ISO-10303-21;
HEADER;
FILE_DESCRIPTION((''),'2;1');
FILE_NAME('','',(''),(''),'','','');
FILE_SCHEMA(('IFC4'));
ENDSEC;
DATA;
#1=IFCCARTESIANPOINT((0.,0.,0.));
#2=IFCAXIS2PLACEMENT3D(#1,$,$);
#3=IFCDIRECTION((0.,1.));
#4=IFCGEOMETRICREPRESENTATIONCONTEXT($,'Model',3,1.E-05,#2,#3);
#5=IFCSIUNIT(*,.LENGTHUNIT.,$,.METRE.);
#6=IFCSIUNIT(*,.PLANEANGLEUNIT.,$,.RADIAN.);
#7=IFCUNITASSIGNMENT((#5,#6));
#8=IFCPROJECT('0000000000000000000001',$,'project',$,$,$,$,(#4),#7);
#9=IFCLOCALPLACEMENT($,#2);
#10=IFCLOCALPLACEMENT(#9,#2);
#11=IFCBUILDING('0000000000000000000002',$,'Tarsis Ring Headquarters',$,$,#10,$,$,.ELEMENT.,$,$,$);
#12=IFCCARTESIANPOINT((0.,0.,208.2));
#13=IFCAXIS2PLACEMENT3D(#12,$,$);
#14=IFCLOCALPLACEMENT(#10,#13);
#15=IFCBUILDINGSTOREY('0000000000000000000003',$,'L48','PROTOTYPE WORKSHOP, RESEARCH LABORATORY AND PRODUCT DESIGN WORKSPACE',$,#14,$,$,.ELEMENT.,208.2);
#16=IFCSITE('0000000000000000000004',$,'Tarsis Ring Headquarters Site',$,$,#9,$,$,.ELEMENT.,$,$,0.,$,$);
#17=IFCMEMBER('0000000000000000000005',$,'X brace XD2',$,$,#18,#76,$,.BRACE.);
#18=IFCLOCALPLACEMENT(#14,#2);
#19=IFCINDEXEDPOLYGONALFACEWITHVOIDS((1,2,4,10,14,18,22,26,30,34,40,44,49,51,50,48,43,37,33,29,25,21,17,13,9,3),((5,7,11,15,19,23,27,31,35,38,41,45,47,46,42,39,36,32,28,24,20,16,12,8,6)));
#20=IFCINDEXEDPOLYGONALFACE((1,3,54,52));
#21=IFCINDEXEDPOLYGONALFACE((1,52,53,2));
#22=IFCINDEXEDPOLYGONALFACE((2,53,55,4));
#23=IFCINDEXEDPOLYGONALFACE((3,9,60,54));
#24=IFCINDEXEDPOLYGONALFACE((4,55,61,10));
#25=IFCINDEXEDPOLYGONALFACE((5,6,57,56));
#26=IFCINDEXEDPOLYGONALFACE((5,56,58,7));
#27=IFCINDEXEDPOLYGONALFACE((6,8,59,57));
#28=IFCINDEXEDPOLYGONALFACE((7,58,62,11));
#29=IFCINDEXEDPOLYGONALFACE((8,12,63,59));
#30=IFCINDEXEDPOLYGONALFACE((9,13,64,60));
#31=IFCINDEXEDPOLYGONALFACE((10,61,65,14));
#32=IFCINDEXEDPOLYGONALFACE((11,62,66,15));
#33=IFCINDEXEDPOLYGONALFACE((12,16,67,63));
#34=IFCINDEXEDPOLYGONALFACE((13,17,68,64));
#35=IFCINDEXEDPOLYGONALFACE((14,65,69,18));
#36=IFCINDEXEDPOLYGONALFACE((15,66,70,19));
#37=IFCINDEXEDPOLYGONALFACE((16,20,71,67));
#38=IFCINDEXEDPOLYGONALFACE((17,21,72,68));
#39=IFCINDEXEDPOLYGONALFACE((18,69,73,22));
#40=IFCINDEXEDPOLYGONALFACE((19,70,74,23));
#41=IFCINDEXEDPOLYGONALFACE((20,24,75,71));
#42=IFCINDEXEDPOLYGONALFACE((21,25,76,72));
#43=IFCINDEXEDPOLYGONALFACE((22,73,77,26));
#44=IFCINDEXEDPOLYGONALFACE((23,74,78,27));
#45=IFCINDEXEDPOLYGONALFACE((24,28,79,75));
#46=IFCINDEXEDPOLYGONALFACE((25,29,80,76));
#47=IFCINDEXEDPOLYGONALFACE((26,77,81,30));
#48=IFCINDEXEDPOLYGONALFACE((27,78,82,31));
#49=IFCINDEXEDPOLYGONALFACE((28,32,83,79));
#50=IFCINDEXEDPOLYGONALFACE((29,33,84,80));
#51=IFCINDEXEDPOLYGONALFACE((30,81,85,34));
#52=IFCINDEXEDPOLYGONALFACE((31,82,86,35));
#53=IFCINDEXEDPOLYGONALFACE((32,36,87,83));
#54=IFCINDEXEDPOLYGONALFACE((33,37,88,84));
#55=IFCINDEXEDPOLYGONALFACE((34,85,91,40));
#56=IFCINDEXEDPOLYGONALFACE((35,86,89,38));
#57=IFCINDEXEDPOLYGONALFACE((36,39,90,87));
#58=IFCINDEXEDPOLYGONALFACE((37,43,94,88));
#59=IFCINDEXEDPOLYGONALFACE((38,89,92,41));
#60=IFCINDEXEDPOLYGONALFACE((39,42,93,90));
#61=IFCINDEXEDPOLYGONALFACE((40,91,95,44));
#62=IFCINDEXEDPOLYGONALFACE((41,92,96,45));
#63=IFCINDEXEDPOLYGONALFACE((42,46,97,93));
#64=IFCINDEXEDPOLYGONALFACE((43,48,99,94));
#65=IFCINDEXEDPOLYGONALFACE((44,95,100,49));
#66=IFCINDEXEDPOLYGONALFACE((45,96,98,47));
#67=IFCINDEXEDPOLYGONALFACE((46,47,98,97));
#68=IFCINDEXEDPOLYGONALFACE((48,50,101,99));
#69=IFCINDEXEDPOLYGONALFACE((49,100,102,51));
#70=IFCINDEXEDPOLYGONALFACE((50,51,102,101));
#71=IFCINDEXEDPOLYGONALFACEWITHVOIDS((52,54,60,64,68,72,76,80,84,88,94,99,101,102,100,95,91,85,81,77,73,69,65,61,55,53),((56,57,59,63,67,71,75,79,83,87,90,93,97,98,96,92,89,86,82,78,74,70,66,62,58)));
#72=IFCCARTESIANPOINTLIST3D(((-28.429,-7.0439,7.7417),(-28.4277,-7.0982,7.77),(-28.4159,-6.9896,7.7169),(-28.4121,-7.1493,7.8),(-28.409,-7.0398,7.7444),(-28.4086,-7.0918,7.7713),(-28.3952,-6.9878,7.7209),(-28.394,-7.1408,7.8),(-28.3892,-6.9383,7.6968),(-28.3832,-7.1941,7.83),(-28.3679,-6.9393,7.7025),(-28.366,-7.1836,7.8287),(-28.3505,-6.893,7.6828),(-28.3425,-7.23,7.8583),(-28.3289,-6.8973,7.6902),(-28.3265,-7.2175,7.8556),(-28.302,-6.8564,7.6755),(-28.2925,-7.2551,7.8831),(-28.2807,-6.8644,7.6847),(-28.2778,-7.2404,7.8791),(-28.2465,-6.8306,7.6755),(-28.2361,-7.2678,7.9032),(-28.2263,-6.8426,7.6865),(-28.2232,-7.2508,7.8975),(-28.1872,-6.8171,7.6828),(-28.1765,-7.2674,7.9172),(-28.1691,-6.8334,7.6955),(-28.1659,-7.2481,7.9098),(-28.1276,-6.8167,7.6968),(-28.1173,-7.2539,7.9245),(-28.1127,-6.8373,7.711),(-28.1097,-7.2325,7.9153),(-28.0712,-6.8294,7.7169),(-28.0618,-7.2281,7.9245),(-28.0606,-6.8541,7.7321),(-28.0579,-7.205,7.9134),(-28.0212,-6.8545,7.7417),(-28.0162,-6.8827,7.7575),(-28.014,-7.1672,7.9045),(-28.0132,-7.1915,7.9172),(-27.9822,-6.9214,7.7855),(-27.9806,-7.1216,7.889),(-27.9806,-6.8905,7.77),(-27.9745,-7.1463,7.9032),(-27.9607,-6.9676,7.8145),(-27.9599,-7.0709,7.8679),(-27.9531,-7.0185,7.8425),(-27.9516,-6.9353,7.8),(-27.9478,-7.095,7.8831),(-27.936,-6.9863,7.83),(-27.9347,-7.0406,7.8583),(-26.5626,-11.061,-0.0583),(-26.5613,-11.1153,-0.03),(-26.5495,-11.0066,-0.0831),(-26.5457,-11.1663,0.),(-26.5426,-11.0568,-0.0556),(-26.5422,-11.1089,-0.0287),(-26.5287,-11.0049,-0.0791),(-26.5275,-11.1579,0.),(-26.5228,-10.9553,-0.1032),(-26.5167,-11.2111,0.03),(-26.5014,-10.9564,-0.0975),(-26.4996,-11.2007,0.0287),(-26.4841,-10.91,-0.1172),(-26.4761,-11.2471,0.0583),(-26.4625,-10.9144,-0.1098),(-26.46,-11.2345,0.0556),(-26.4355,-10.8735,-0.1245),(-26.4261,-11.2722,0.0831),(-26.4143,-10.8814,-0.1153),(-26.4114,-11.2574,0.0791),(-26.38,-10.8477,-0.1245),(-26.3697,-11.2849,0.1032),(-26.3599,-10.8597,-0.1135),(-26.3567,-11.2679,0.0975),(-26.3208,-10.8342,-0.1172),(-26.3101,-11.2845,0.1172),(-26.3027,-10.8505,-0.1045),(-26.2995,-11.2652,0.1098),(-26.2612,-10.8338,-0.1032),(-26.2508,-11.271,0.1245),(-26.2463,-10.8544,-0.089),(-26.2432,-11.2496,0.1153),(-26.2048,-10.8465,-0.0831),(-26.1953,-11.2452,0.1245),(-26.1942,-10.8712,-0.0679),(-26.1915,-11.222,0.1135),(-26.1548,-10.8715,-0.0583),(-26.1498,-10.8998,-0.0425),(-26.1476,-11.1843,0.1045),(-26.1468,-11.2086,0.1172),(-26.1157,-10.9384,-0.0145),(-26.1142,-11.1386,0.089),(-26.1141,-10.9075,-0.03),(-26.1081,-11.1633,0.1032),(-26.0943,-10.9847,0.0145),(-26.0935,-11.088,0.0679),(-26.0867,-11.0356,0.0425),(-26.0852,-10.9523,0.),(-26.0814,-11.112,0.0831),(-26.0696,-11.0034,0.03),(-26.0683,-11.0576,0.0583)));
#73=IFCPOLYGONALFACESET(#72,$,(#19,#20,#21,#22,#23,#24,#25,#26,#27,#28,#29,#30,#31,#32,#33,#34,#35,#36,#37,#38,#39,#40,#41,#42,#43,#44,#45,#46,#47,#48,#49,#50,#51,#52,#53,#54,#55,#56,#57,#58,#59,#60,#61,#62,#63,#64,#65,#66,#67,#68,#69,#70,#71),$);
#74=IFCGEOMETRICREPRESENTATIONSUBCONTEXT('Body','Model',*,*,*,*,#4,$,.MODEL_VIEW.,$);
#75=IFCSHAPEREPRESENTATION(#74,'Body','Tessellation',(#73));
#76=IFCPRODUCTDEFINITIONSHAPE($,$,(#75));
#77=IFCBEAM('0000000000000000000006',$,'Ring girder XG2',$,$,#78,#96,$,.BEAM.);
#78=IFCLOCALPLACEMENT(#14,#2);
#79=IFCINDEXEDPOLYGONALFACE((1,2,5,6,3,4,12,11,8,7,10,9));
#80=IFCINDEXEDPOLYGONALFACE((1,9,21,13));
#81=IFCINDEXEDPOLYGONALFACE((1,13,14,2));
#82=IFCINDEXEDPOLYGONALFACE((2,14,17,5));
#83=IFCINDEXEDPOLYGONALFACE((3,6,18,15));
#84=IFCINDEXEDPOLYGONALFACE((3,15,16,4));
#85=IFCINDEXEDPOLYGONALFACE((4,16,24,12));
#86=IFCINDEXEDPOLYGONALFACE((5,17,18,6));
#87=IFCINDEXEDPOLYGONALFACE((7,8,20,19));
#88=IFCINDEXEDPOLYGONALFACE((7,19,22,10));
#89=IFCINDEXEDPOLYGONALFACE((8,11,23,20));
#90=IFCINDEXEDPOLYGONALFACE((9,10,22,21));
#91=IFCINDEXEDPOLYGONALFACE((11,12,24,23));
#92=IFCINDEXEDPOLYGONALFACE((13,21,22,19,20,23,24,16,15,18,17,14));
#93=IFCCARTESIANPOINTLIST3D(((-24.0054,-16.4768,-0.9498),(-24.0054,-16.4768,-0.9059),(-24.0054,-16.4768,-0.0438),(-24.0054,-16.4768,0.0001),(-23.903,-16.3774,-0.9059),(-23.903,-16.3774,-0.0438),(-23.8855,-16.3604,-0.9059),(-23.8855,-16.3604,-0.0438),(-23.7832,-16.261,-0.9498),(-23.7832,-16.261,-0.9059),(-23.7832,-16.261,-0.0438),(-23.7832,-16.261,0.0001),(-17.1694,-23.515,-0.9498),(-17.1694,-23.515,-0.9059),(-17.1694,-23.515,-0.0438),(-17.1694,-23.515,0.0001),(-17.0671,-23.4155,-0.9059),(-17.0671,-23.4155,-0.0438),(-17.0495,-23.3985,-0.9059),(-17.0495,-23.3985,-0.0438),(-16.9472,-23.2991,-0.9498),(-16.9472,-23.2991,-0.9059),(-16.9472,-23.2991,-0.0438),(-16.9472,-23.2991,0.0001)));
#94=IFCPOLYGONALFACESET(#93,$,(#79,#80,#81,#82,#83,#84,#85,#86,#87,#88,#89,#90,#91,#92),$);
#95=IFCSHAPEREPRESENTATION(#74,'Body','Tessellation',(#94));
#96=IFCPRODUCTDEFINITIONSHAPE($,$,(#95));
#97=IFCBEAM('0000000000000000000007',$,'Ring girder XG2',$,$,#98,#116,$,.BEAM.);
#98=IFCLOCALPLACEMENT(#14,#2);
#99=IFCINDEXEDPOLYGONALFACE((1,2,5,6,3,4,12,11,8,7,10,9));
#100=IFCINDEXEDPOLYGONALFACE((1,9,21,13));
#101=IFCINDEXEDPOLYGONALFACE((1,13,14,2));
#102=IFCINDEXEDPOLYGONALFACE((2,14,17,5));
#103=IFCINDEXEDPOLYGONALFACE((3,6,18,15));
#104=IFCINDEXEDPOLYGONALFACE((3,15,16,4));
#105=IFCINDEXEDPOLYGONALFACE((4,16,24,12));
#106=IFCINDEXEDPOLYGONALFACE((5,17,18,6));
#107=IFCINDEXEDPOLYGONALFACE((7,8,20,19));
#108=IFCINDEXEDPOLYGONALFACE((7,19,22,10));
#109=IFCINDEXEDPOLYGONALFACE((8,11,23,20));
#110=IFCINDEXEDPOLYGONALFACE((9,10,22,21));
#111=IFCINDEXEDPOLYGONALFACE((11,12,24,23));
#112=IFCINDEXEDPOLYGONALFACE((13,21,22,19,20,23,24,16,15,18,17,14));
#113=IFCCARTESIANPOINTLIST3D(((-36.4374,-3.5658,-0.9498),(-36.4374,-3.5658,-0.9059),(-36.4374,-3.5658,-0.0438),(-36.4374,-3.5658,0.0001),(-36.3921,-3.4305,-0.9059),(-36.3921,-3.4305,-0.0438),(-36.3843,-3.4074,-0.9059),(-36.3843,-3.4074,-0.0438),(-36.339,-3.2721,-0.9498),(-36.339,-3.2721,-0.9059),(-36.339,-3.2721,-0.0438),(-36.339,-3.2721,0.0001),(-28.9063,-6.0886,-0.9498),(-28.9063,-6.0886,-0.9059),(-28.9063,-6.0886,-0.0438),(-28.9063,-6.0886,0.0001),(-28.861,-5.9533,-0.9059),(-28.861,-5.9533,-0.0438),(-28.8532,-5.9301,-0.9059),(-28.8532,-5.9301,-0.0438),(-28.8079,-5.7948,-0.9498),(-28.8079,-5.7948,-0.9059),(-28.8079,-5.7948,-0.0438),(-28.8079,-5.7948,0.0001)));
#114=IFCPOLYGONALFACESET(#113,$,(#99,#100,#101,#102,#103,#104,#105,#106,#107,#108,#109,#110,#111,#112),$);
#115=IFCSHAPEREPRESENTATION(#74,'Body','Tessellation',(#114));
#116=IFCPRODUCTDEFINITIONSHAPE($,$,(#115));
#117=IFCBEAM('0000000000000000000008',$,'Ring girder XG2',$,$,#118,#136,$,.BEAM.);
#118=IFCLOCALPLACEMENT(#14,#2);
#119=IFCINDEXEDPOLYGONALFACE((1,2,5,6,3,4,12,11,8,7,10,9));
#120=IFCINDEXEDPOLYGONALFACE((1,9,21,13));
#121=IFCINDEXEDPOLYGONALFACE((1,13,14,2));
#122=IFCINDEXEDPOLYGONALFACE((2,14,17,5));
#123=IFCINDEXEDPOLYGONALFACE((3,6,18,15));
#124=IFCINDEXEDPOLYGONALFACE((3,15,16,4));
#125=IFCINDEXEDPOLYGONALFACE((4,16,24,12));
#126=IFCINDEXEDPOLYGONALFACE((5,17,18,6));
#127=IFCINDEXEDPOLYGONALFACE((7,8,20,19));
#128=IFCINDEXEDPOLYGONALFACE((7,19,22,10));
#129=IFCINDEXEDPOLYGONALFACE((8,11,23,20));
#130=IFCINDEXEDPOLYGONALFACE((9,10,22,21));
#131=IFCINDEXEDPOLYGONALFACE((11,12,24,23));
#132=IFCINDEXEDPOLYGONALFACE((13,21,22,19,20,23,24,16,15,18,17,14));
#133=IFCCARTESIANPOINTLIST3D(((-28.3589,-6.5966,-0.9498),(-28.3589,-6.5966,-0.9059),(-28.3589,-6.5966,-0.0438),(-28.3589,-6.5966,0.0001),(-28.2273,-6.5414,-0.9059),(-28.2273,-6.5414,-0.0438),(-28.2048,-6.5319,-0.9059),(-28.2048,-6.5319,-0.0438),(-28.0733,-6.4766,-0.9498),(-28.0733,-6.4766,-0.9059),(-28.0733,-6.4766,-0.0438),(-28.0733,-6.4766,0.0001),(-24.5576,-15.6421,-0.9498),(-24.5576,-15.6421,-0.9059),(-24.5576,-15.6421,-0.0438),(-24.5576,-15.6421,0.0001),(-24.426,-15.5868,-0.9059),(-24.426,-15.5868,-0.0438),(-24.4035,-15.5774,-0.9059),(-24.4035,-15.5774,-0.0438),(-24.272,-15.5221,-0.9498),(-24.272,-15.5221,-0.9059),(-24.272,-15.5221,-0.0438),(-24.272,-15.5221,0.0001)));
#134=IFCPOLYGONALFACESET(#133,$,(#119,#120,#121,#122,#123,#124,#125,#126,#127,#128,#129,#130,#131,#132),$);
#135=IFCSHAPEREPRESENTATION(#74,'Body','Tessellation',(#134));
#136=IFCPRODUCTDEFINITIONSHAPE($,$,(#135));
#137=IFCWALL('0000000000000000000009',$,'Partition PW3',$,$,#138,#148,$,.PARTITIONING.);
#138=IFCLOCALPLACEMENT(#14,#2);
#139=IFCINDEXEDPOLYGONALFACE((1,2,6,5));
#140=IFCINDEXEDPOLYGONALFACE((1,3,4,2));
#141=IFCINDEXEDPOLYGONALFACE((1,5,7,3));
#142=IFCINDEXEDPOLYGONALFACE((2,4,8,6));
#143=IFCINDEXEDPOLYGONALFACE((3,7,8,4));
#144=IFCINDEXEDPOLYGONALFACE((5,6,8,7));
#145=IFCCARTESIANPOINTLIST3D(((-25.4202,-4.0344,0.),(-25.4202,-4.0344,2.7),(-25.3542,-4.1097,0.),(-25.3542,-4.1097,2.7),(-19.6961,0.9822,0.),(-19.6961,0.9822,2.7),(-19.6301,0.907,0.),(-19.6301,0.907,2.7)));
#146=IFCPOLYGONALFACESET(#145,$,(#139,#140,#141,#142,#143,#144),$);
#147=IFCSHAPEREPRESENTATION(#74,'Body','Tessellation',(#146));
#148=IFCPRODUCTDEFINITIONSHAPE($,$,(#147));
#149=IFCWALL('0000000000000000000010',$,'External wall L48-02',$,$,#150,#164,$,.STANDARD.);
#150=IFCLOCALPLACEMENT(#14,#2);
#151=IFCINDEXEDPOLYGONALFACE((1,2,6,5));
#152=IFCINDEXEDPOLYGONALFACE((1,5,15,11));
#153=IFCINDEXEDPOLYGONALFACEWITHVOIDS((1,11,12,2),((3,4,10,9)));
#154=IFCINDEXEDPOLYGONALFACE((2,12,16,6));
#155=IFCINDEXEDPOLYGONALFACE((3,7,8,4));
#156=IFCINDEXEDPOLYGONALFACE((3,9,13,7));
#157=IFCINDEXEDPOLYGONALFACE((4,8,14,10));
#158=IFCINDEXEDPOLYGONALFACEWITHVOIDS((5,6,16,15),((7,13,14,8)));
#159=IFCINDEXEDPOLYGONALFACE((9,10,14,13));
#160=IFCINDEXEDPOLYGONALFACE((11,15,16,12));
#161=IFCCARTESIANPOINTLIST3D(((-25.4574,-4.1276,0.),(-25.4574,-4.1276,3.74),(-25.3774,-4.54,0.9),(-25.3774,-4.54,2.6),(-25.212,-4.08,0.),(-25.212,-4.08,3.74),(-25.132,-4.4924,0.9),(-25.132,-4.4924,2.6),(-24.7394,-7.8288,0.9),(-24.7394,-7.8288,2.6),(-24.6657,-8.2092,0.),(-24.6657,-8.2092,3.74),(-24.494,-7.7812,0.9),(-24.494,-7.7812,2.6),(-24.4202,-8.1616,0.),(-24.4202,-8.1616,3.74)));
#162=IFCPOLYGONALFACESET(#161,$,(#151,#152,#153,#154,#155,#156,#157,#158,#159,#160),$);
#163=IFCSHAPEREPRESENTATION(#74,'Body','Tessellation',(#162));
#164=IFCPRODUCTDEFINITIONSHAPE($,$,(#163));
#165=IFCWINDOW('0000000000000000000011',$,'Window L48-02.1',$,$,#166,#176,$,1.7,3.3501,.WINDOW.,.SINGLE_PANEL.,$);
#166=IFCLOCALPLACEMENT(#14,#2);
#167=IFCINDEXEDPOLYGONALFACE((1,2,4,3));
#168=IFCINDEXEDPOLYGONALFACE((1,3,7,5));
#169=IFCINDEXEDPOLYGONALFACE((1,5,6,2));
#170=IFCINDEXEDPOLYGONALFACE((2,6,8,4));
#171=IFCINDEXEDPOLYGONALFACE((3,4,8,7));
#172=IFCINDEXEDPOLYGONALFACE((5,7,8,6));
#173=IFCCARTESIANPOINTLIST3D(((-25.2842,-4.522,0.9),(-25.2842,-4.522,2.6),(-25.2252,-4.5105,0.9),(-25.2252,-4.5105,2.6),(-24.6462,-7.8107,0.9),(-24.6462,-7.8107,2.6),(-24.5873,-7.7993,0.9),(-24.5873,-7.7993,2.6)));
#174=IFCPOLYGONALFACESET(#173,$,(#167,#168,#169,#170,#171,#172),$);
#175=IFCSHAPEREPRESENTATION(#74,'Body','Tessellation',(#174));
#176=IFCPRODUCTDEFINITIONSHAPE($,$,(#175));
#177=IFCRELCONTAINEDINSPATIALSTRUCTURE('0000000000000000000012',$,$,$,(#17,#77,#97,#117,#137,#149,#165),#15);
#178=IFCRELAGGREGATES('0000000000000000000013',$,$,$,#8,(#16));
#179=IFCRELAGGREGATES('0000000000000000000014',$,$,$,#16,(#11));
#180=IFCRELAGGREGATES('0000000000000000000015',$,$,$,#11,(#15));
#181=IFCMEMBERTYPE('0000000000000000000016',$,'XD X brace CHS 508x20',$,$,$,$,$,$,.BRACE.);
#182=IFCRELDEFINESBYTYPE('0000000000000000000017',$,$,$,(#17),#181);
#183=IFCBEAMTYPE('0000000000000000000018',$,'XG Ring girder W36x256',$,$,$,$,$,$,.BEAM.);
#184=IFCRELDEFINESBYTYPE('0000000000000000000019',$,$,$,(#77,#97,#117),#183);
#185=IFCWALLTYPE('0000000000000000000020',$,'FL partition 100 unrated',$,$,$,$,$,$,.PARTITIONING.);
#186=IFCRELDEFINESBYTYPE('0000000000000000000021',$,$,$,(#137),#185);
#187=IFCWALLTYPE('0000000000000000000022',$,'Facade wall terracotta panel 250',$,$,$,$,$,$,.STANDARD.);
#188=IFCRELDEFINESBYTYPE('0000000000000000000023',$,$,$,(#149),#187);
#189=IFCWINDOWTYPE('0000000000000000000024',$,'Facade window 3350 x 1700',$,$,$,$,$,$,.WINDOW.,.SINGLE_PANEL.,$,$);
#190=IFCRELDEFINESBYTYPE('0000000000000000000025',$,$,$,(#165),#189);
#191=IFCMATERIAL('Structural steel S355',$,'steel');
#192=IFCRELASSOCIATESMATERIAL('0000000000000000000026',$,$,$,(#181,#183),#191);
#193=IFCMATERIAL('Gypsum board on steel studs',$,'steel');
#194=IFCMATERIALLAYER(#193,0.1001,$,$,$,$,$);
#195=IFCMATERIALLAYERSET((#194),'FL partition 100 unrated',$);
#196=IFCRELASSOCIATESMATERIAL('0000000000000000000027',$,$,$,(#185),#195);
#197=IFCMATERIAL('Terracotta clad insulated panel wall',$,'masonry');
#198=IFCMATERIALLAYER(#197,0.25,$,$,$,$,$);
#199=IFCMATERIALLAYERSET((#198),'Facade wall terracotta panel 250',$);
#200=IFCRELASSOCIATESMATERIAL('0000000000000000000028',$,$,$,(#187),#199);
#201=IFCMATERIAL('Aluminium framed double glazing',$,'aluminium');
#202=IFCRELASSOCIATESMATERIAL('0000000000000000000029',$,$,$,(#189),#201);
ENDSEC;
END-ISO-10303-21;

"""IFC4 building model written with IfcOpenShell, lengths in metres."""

from ifc_helpers import new_model, si_unit, direction, frame, frame_2d, origin, origin_2d, place, context, subcontext, project, spatial, rectangle, hollow_circle, i_section, extrude, material, layer, layer_set, material_profile, profile_set, type_object, element, fill, save


model = new_model("IFC4")

# Units and contexts
model_context = context("Model", 3, precision=1e-05, world=origin(), true_north=direction((0.0, 1.0)))
body_context = subcontext(model_context, "Body", "Model", "MODEL_VIEW")
ifc_project = project(units=[si_unit("LENGTHUNIT", "METRE"), si_unit("PLANEANGLEUNIT", "RADIAN")], contexts=[model_context])

# Site, building, storey
site_placement = place(None, origin())
site = spatial("IfcSite", under=ifc_project, at=site_placement, Name="Tarsis Ring Headquarters Site", CompositionType="ELEMENT", RefElevation=0.0)
building_placement = place(site_placement, origin())
building = spatial("IfcBuilding", under=site, at=building_placement, Name="Tarsis Ring Headquarters", CompositionType="ELEMENT")
storey_placement = place(building_placement, frame((0.0, 0.0, 208.2)))
storey = spatial("IfcBuildingStorey", under=building, at=storey_placement, Name="L48", Description="PROTOTYPE WORKSHOP, RESEARCH LABORATORY AND PRODUCT DESIGN WORKSPACE", CompositionType="ELEMENT", Elevation=208.2)

# Shared definitions
ifc_material_1 = material(Name="Structural steel S355", Category="steel")

# Member
ifc_material_profile_1 = material_profile(ifc_material_1, hollow_circle(Radius=0.2539, WallThickness=0.02, at=origin_2d()), Name="CHS 508x20")
ifc_profile_set_1 = profile_set([ifc_material_profile_1], Name="Structural steel S355")
member_type = type_object("IfcMemberType", Name="XD X brace CHS 508x20", PredefinedType="BRACE", material=ifc_profile_set_1)
member_1_placement = place(storey_placement, frame((-26.3154, -11.0593, 0.0), z_axis=(-0.208077, 0.447835, 0.869568), x_axis=(-0.90689, -0.421367, 0.0)))
element("IfcMember", 1, at=member_1_placement, inside=storey, type_object=member_type, Name="X brace XD2", PredefinedType="BRACE", context=body_context, shape_type="SweptSolid", body=[
    extrude(hollow_circle(Radius=0.2539, WallThickness=0.02, at=origin_2d()), origin(), (0.0, 0.0, 1.0), 8.97),
])

# Beams
ifc_material_profile_2 = material_profile(ifc_material_1, i_section(OverallWidth=0.3098, OverallDepth=0.95, WebThickness=0.0244, FlangeThickness=0.0439, at=origin_2d()), Name="W36x256")
ifc_profile_set_2 = profile_set([ifc_material_profile_2], Name="Structural steel S355")
beam_type = type_object("IfcBeamType", Name="XG Ring girder W36x256", PredefinedType="BEAM", material=ifc_profile_set_2)
beam_1_placement = place(storey_placement, frame((-23.8943, -16.3689, -0.4749), z_axis=(0.69673, -0.717333, 0.0), x_axis=(0.717333, 0.69673, 0.0)))
element("IfcBeam", 2, at=beam_1_placement, inside=storey, type_object=beam_type, Name="Ring girder XG2", PredefinedType="BEAM", context=body_context, shape_type="SweptSolid", body=[
    extrude(i_section(OverallWidth=0.3098, OverallDepth=0.95, WebThickness=0.0244, FlangeThickness=0.0439, at=origin_2d()), origin(), (0.0, 0.0, 1.0), 9.8115),
])
beam_2_placement = place(storey_placement, frame((-36.3882, -3.4189, -0.4749), z_axis=(0.948215, -0.317629, 0.0), x_axis=(0.317629, 0.948215, 0.0)))
element("IfcBeam", 3, at=beam_2_placement, inside=storey, type_object=beam_type, Name="Ring girder XG2", PredefinedType="BEAM", context=body_context, shape_type="SweptSolid", body=[
    extrude(i_section(OverallWidth=0.3098, OverallDepth=0.95, WebThickness=0.0244, FlangeThickness=0.0439, at=origin_2d()), origin(), (0.0, 0.0, 1.0), 7.9424),
])
beam_3_placement = place(storey_placement, frame((-28.2161, -6.5366, -0.4749), z_axis=(0.387423, -0.921902, 0.0), x_axis=(0.921902, 0.387423, 0.0)))
element("IfcBeam", 4, at=beam_3_placement, inside=storey, type_object=beam_type, Name="Ring girder XG2", PredefinedType="BEAM", context=body_context, shape_type="SweptSolid", body=[
    extrude(i_section(OverallWidth=0.3098, OverallDepth=0.95, WebThickness=0.0244, FlangeThickness=0.0439, at=origin_2d()), origin(), (0.0, 0.0, 1.0), 9.8118),
])

# Wall
ifc_material_2 = material(Name="Gypsum board on steel studs", Category="steel")
ifc_layer_1 = layer(ifc_material_2, 0.1001)
ifc_layer_set_1 = layer_set([ifc_layer_1], Name="FL partition 100 unrated")
wall_type_1 = type_object("IfcWallType", Name="FL partition 100 unrated", PredefinedType="PARTITIONING", material=ifc_layer_set_1)
wall_1_placement = place(storey_placement, frame((-25.3872, -4.072, 0.0), z_axis=(0.0, 0.0, 1.0), x_axis=(0.752056, 0.659099, 0.0)))
element("IfcWall", 5, at=wall_1_placement, inside=storey, type_object=wall_type_1, Name="Partition PW3", PredefinedType="PARTITIONING", context=body_context, shape_type="SweptSolid", body=[
    extrude(rectangle(XDim=7.6113, YDim=0.1001, at=frame_2d((3.8057, 0.0))), origin(), (0.0, 0.0, 1.0), 2.7),
])

# Wall, opening, window
ifc_material_3 = material(Name="Terracotta clad insulated panel wall", Category="masonry")
ifc_layer_2 = layer(ifc_material_3, 0.25)
ifc_layer_set_2 = layer_set([ifc_layer_2], Name="Facade wall terracotta panel 250")
wall_type_2 = type_object("IfcWallType", Name="Facade wall terracotta panel 250", PredefinedType="STANDARD", material=ifc_layer_set_2)
wall_2_placement = place(storey_placement, frame((-25.3347, -4.1038, 0.0), z_axis=(0.0, 0.0, 1.0), x_axis=(0.190433, -0.9817, 0.0)))
wall_2 = element("IfcWall", 6, at=wall_2_placement, inside=storey, type_object=wall_type_2, Name="External wall L48-02", PredefinedType="STANDARD", context=body_context, shape_type="SweptSolid", body=[
    extrude(rectangle(XDim=4.1577, YDim=0.25, at=frame_2d((2.0789, 0.0))), origin(), (0.0, 0.0, 1.0), 3.74),
])
opening_1_placement = place(wall_2_placement, frame((0.4202, 0.0, 0.8999)))
opening_1 = element("IfcOpeningElement", 7, at=opening_1_placement, cuts=wall_2, PredefinedType="OPENING", context=body_context, shape_type="SweptSolid", body=[
    extrude(rectangle(XDim=3.3501, YDim=1.7, at=frame_2d((1.675, 0.8501))), frame((0.0, 0.135, 0.0), z_axis=(0.0, -1.0, 0.0), x_axis=(1.0, 0.0, 0.0)), (0.0, 0.0, 1.0), 0.27),
])
ifc_material_4 = material(Name="Aluminium framed double glazing", Category="aluminium")
window_type_1 = type_object("IfcWindowType", Name="Facade window 3350 x 1700", PartitioningType="SINGLE_PANEL", PredefinedType="WINDOW", material=ifc_material_4)
window_1_placement = place(opening_1_placement, origin())
window_1 = element("IfcWindow", 8, at=window_1_placement, inside=storey, type_object=window_type_1, Name="Window L48-02.1", OverallHeight=1.7, OverallWidth=3.3501, PartitioningType="SINGLE_PANEL", PredefinedType="WINDOW", context=body_context, shape_type="SweptSolid", body=[
    extrude(rectangle(XDim=3.3501, YDim=1.7, at=frame_2d((1.675, 0.8501))), frame((0.0, 0.03, 0.0), z_axis=(0.0, -1.0, 0.0), x_axis=(1.0, 0.0, 0.0)), (0.0, 0.0, 1.0), 0.0601),
])
fill(opening_1, window_1)

save(model, "model.ifc")
